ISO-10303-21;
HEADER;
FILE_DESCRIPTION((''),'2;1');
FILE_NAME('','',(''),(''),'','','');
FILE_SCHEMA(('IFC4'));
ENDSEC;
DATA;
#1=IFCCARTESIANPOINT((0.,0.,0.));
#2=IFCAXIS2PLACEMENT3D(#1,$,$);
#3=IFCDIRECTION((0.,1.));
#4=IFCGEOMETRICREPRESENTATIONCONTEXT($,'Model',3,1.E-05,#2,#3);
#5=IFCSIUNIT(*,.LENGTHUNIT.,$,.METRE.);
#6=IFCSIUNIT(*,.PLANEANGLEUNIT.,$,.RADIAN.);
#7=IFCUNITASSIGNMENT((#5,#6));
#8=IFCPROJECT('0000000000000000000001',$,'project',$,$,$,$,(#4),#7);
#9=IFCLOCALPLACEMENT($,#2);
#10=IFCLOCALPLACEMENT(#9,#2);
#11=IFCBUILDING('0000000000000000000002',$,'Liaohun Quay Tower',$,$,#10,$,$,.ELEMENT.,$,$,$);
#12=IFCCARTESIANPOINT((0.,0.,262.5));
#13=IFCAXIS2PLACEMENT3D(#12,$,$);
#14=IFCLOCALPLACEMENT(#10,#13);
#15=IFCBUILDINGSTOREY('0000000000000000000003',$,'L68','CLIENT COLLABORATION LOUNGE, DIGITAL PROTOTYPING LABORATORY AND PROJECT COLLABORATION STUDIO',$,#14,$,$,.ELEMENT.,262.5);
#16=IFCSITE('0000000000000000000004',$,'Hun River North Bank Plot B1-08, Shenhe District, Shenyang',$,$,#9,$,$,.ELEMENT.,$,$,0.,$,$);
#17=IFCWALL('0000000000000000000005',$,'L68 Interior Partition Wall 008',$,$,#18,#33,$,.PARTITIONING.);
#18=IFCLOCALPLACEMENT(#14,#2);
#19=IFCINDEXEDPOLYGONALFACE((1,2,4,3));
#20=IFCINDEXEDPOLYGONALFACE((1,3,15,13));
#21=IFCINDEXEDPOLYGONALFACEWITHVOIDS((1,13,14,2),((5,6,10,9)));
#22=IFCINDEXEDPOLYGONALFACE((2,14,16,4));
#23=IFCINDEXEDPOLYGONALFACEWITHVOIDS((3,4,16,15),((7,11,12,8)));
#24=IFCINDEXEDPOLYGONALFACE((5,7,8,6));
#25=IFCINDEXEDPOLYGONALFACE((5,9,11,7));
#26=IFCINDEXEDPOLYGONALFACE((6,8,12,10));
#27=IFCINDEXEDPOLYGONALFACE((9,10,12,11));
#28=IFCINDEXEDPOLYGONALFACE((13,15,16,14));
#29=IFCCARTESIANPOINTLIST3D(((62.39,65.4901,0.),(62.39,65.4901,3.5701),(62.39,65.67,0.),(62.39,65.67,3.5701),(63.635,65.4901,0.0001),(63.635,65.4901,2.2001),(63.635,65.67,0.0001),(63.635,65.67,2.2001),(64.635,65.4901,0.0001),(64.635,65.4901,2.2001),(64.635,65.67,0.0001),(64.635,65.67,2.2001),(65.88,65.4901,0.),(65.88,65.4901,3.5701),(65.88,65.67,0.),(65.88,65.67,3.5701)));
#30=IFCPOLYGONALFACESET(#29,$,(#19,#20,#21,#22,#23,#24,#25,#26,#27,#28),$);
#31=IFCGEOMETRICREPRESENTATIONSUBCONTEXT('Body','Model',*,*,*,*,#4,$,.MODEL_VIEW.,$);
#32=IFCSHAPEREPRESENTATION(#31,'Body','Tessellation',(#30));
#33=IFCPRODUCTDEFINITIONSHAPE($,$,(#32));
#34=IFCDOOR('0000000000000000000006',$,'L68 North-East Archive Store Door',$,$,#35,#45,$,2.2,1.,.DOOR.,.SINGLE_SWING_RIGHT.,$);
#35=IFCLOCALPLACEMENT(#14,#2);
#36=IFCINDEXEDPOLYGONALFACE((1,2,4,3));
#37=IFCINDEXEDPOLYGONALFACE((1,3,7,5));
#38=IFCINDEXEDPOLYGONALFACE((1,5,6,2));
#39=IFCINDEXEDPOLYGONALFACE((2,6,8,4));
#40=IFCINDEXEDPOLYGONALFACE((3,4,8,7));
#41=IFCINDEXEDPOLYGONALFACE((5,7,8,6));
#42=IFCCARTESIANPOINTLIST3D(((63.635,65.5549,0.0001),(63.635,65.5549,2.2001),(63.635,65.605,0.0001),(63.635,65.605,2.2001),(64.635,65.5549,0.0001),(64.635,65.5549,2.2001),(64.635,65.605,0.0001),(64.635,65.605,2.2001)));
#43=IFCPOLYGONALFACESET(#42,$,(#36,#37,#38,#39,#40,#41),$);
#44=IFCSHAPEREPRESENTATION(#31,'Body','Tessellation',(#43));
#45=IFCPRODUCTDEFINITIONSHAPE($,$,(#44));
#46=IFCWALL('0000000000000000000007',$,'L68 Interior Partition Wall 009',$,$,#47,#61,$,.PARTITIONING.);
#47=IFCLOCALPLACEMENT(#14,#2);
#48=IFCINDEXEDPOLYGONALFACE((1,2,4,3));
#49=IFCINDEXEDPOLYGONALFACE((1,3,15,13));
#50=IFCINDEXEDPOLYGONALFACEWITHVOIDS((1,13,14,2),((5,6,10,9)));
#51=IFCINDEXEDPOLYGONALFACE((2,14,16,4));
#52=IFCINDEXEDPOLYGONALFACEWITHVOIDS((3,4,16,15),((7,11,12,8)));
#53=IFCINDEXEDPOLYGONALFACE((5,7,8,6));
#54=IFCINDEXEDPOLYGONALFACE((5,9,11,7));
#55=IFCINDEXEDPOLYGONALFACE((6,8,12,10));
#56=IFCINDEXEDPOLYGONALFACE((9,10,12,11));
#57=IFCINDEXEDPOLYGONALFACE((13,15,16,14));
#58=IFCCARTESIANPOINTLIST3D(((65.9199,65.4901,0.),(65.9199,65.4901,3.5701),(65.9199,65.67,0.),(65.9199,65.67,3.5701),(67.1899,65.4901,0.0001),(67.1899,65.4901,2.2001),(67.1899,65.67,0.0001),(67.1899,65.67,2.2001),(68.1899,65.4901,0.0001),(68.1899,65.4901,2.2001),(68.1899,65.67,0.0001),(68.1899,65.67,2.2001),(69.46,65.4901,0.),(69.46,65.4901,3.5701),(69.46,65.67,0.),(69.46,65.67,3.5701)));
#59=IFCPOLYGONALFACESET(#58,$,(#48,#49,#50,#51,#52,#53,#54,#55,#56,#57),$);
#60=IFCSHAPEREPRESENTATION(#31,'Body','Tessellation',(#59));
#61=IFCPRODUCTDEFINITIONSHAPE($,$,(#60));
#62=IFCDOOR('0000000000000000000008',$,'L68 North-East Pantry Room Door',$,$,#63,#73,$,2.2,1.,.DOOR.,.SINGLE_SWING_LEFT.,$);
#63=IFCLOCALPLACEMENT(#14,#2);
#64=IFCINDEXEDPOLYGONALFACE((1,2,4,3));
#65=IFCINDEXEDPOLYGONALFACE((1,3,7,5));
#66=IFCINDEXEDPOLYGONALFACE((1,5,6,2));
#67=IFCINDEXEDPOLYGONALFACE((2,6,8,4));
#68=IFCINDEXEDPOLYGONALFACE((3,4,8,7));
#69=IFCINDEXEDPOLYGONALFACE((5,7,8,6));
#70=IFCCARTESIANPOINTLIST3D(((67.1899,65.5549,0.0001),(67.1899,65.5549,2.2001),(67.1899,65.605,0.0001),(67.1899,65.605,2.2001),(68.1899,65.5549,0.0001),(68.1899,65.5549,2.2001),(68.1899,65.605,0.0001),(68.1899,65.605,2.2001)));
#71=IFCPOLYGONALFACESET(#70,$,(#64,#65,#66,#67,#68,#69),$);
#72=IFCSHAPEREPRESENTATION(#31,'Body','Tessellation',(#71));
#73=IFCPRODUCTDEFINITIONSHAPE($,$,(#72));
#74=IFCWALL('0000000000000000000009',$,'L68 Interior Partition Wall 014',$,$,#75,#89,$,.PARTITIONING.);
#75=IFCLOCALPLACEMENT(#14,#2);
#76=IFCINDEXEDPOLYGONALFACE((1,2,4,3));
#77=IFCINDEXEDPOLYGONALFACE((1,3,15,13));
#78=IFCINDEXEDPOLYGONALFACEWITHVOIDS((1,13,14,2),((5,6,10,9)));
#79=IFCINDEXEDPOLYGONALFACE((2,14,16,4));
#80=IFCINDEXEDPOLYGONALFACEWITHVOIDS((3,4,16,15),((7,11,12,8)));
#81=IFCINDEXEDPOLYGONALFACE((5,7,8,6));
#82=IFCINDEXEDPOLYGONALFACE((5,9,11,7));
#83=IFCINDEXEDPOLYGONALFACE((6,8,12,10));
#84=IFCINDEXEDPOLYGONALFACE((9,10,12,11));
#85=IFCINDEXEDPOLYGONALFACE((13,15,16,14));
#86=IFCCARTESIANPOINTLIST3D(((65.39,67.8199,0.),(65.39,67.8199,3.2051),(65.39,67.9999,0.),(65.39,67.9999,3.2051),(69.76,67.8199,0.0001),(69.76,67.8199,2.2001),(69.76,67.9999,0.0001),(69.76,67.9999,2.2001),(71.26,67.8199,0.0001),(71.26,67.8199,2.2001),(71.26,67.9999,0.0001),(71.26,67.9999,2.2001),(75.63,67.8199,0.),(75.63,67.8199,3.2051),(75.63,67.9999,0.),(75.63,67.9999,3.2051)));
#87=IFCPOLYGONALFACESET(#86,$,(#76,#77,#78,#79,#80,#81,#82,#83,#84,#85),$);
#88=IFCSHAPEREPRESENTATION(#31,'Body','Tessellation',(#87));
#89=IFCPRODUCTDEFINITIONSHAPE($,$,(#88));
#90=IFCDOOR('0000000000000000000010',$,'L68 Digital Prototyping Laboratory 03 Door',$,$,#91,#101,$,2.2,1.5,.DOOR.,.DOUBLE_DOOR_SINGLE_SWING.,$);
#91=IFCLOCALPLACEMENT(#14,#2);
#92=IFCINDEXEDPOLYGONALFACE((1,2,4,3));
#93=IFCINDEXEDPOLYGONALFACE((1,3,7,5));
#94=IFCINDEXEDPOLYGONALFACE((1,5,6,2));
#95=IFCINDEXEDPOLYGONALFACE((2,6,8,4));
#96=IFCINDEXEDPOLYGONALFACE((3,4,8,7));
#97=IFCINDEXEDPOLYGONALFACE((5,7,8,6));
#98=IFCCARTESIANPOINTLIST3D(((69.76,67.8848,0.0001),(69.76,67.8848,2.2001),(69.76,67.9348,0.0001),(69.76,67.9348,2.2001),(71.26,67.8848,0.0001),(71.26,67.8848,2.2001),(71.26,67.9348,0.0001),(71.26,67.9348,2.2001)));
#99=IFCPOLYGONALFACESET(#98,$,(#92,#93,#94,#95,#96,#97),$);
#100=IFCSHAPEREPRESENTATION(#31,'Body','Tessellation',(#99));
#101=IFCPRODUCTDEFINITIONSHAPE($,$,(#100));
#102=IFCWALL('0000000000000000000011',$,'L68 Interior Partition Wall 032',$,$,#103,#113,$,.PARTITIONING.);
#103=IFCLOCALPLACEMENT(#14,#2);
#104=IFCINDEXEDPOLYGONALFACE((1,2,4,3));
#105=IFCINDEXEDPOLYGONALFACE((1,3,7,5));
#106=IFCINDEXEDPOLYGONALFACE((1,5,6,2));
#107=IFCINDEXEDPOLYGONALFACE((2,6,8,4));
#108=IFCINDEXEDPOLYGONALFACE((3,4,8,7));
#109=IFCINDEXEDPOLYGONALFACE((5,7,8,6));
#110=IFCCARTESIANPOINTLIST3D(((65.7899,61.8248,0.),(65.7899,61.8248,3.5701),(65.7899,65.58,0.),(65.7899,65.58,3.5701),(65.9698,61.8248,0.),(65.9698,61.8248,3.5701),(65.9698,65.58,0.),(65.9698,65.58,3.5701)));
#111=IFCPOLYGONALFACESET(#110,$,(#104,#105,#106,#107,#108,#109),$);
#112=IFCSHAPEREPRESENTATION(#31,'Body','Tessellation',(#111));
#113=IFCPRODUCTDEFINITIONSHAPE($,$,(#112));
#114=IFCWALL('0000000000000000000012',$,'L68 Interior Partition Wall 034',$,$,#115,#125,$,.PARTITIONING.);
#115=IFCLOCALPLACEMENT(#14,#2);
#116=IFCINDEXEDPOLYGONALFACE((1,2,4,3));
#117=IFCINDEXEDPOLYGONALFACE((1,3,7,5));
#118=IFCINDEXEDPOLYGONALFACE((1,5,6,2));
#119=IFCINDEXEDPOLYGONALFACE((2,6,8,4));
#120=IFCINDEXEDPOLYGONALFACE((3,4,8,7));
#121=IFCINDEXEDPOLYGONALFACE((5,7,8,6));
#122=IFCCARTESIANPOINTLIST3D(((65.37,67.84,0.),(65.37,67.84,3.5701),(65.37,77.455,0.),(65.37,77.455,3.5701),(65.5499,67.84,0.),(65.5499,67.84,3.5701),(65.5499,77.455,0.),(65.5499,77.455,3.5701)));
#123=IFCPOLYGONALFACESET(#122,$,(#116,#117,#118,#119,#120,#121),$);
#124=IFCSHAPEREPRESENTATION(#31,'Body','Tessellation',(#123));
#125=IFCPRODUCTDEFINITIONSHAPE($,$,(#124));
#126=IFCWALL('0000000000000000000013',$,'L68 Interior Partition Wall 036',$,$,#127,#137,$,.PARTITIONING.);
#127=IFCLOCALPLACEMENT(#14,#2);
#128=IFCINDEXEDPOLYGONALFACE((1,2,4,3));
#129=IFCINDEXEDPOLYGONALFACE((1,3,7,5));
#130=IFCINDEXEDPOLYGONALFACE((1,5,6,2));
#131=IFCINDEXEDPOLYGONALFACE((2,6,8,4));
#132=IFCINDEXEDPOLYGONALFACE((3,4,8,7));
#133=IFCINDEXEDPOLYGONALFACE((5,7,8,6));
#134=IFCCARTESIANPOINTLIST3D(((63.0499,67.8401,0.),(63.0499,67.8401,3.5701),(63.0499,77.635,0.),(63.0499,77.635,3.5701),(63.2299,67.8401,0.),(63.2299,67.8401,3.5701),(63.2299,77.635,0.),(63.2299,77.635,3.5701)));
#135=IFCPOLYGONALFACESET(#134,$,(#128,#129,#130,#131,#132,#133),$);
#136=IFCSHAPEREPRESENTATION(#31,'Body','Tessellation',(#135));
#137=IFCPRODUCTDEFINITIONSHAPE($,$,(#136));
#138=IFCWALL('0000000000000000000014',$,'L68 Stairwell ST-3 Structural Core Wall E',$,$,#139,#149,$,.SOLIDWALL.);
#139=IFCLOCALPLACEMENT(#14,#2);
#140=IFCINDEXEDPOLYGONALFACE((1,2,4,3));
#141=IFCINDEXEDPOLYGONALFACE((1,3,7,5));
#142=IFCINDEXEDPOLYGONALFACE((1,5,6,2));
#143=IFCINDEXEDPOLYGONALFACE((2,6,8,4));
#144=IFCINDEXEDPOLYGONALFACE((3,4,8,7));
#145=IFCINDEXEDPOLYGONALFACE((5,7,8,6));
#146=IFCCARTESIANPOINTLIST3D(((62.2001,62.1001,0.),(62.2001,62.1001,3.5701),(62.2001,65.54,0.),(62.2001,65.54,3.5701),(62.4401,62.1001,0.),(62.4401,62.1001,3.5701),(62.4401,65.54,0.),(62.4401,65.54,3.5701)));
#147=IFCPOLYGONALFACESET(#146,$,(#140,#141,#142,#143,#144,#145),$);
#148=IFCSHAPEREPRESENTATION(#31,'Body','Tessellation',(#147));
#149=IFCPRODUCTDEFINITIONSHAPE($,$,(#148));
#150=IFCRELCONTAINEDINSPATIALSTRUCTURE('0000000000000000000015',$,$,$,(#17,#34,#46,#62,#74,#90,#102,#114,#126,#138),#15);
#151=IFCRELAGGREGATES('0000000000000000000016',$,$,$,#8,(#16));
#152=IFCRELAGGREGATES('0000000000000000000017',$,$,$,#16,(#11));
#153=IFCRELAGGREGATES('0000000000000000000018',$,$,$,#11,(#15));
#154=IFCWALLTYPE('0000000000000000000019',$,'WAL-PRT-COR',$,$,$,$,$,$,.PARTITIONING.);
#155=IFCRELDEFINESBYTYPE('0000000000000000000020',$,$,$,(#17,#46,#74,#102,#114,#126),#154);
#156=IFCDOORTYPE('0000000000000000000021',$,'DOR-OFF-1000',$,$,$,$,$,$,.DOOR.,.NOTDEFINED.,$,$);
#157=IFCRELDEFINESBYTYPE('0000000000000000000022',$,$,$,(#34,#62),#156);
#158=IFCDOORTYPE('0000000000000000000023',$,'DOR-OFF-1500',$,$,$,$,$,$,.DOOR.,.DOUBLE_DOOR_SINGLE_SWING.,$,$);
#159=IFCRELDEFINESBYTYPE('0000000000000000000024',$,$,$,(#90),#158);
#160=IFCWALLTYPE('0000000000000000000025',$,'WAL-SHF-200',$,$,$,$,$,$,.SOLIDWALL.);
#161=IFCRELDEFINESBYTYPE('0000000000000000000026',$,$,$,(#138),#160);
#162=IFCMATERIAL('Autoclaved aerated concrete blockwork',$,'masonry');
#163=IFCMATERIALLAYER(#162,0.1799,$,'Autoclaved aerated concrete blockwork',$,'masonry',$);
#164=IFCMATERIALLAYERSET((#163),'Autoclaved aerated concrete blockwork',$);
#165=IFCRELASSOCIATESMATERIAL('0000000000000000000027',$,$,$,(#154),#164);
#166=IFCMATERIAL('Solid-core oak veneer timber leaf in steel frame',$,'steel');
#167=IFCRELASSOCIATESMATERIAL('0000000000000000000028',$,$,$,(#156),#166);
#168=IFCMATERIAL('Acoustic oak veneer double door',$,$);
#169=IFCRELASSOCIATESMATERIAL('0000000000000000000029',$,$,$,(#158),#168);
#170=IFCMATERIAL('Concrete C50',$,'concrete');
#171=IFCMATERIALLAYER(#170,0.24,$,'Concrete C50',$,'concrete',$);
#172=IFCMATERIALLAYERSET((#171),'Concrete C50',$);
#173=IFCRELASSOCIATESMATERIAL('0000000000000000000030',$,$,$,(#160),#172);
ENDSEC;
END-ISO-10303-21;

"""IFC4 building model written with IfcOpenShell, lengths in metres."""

from ifc_helpers import new_model, si_unit, direction, frame, frame_2d, origin, place, context, subcontext, project, spatial, rectangle, extrude, source, transform, mapped, material, layer, layer_set, type_object, element, fill, save


model = new_model("IFC4")

# Units and contexts
model_context = context("Model", 3, precision=1e-05, world=origin(), true_north=direction((0.0, 1.0)))
body_context = subcontext(model_context, "Body", "Model", "MODEL_VIEW")
ifc_project = project(units=[si_unit("LENGTHUNIT", "METRE"), si_unit("PLANEANGLEUNIT", "RADIAN")], contexts=[model_context])

# Site, building, storey
site_placement = place(None, origin())
site = spatial("IfcSite", under=ifc_project, at=site_placement, Name="Hun River North Bank Plot B1-08, Shenhe District, Shenyang", CompositionType="ELEMENT", RefElevation=0.0)
building_placement = place(site_placement, origin())
building = spatial("IfcBuilding", under=site, at=building_placement, Name="Liaohun Quay Tower", CompositionType="ELEMENT")
storey_placement = place(building_placement, frame((0.0, 0.0, 262.5)))
storey = spatial("IfcBuildingStorey", under=building, at=storey_placement, Name="L68", Description="CLIENT COLLABORATION LOUNGE, DIGITAL PROTOTYPING LABORATORY AND PROJECT COLLABORATION STUDIO", CompositionType="ELEMENT", Elevation=262.5)

# Walls, openings, doors
ifc_material_1 = material(Name="Autoclaved aerated concrete blockwork", Category="masonry")
ifc_layer_1 = layer(ifc_material_1, 0.1799, Name="Autoclaved aerated concrete blockwork", Category="masonry")
ifc_layer_set_1 = layer_set([ifc_layer_1], Name="Autoclaved aerated concrete blockwork")
wall_type_1 = type_object("IfcWallType", Name="WAL-PRT-COR", PredefinedType="PARTITIONING", material=ifc_layer_set_1)
wall_1_placement = place(storey_placement, frame((62.3899, 65.5801, 0.0), z_axis=(0.0, 0.0, 1.0), x_axis=(1.0, 0.0, 0.0)))
wall_1 = element("IfcWall", 1, at=wall_1_placement, inside=storey, type_object=wall_type_1, Name="L68 Interior Partition Wall 008", PredefinedType="PARTITIONING", context=body_context, shape_type="SweptSolid", body=[
    extrude(rectangle(XDim=3.49, YDim=0.1799, at=frame_2d((1.7451, 0.0))), origin(), (0.0, 0.0, 1.0), 3.5701),
])
shared_shape_1 = source(origin(), body_context, "Body", "SweptSolid", [
    extrude(rectangle(XDim=1.0, YDim=2.2, at=frame_2d((0.5, 1.1001))), frame((0.0, 0.0999, 0.0), z_axis=(0.0, -1.0, 0.0), x_axis=(1.0, 0.0, 0.0)), (0.0, 0.0, 1.0), 0.2),
])
opening_1_placement = place(wall_1_placement, frame((1.2451, 0.0, 0.0)))
opening_1 = element("IfcOpeningElement", 2, at=opening_1_placement, cuts=wall_1, PredefinedType="OPENING", context=body_context, shape_type="MappedRepresentation", body=[
    mapped(shared_shape_1, transform((0.0, 0.0, 0.0), x_axis=(1.0, 0.0, 0.0), y_axis=(0.0, 1.0, 0.0), z_axis=(0.0, 0.0, 1.0), scale=1.0)),
])
ifc_material_2 = material(Name="Solid-core oak veneer timber leaf in steel frame", Category="steel")
door_type_1 = type_object("IfcDoorType", Name="DOR-OFF-1000", OperationType="NOTDEFINED", PredefinedType="DOOR", material=ifc_material_2)
shared_shape_2 = source(origin(), body_context, "Body", "SweptSolid", [
    extrude(rectangle(XDim=1.0, YDim=2.2, at=frame_2d((0.5, 1.1001))), frame((0.0, 0.0249, 0.0), z_axis=(0.0, -1.0, 0.0), x_axis=(1.0, 0.0, 0.0)), (0.0, 0.0, 1.0), 0.05),
])
door_1_placement = place(opening_1_placement, origin())
door_1 = element("IfcDoor", 3, at=door_1_placement, inside=storey, type_object=door_type_1, Name="L68 North-East Archive Store Door", OperationType="SINGLE_SWING_RIGHT", OverallHeight=2.2, OverallWidth=1.0, PredefinedType="DOOR", context=body_context, shape_type="MappedRepresentation", body=[
    mapped(shared_shape_2, transform((0.0, 0.0, 0.0), x_axis=(1.0, 0.0, 0.0), y_axis=(0.0, 1.0, 0.0), z_axis=(0.0, 0.0, 1.0), scale=1.0)),
])
fill(opening_1, door_1)
wall_2_placement = place(storey_placement, frame((65.9199, 65.5801, 0.0), z_axis=(0.0, 0.0, 1.0), x_axis=(1.0, 0.0, 0.0)))
wall_2 = element("IfcWall", 4, at=wall_2_placement, inside=storey, type_object=wall_type_1, Name="L68 Interior Partition Wall 009", PredefinedType="PARTITIONING", context=body_context, shape_type="SweptSolid", body=[
    extrude(rectangle(XDim=3.54, YDim=0.1799, at=frame_2d((1.77, 0.0))), origin(), (0.0, 0.0, 1.0), 3.5701),
])
opening_2_placement = place(wall_2_placement, frame((1.27, 0.0, 0.0)))
opening_2 = element("IfcOpeningElement", 5, at=opening_2_placement, cuts=wall_2, PredefinedType="OPENING", context=body_context, shape_type="MappedRepresentation", body=[
    mapped(shared_shape_1, transform((0.0, 0.0, 0.0), x_axis=(1.0, 0.0, 0.0), y_axis=(0.0, 1.0, 0.0), z_axis=(0.0, 0.0, 1.0), scale=1.0)),
])
door_2_placement = place(opening_2_placement, origin())
door_2 = element("IfcDoor", 6, at=door_2_placement, inside=storey, type_object=door_type_1, Name="L68 North-East Pantry Room Door", OperationType="SINGLE_SWING_LEFT", OverallHeight=2.2, OverallWidth=1.0, PredefinedType="DOOR", context=body_context, shape_type="MappedRepresentation", body=[
    mapped(shared_shape_2, transform((0.0, 0.0, 0.0), x_axis=(1.0, 0.0, 0.0), y_axis=(0.0, 1.0, 0.0), z_axis=(0.0, 0.0, 1.0), scale=1.0)),
])
fill(opening_2, door_2)
wall_3_placement = place(storey_placement, frame((65.3899, 67.9099, 0.0), z_axis=(0.0, 0.0, 1.0), x_axis=(1.0, 0.0, 0.0)))
wall_3 = element("IfcWall", 7, at=wall_3_placement, inside=storey, type_object=wall_type_1, Name="L68 Interior Partition Wall 014", PredefinedType="PARTITIONING", context=body_context, shape_type="SweptSolid", body=[
    extrude(rectangle(XDim=10.24, YDim=0.1799, at=frame_2d((5.1201, 0.0))), origin(), (0.0, 0.0, 1.0), 3.2051),
])
shared_shape_3 = source(origin(), body_context, "Body", "SweptSolid", [
    extrude(rectangle(XDim=1.5, YDim=2.2, at=frame_2d((0.75, 1.1001))), frame((0.0, 0.0999, 0.0), z_axis=(0.0, -1.0, 0.0), x_axis=(1.0, 0.0, 0.0)), (0.0, 0.0, 1.0), 0.2),
])
opening_3_placement = place(wall_3_placement, frame((4.3701, 0.0, 0.0)))
opening_3 = element("IfcOpeningElement", 8, at=opening_3_placement, cuts=wall_3, PredefinedType="OPENING", context=body_context, shape_type="MappedRepresentation", body=[
    mapped(shared_shape_3, transform((0.0, 0.0, 0.0), x_axis=(1.0, 0.0, 0.0), y_axis=(0.0, 1.0, 0.0), z_axis=(0.0, 0.0, 1.0), scale=1.0)),
])
ifc_material_3 = material(Name="Acoustic oak veneer double door")
door_type_2 = type_object("IfcDoorType", Name="DOR-OFF-1500", OperationType="DOUBLE_DOOR_SINGLE_SWING", PredefinedType="DOOR", material=ifc_material_3)
shared_shape_4 = source(origin(), body_context, "Body", "SweptSolid", [
    extrude(rectangle(XDim=1.5, YDim=2.2, at=frame_2d((0.75, 1.1001))), frame((0.0, 0.0249, 0.0), z_axis=(0.0, -1.0, 0.0), x_axis=(1.0, 0.0, 0.0)), (0.0, 0.0, 1.0), 0.05),
])
door_3_placement = place(opening_3_placement, origin())
door_3 = element("IfcDoor", 9, at=door_3_placement, inside=storey, type_object=door_type_2, Name="L68 Digital Prototyping Laboratory 03 Door", OperationType="DOUBLE_DOOR_SINGLE_SWING", OverallHeight=2.2, OverallWidth=1.5, PredefinedType="DOOR", context=body_context, shape_type="MappedRepresentation", body=[
    mapped(shared_shape_4, transform((0.0, 0.0, 0.0), x_axis=(1.0, 0.0, 0.0), y_axis=(0.0, 1.0, 0.0), z_axis=(0.0, 0.0, 1.0), scale=1.0)),
])
fill(opening_3, door_3)

# Walls
wall_4_placement = place(storey_placement, frame((65.8799, 61.825, 0.0), z_axis=(0.0, 0.0, 1.0), x_axis=(0.0, 1.0, 0.0)))
element("IfcWall", 10, at=wall_4_placement, inside=storey, type_object=wall_type_1, Name="L68 Interior Partition Wall 032", PredefinedType="PARTITIONING", context=body_context, shape_type="SweptSolid", body=[
    extrude(rectangle(XDim=3.7551, YDim=0.1799, at=frame_2d((1.8774, 0.0))), origin(), (0.0, 0.0, 1.0), 3.5701),
])
wall_5_placement = place(storey_placement, frame((65.46, 77.4551, 0.0), z_axis=(0.0, 0.0, 1.0), x_axis=(0.0, -1.0, 0.0)))
element("IfcWall", 11, at=wall_5_placement, inside=storey, type_object=wall_type_1, Name="L68 Interior Partition Wall 034", PredefinedType="PARTITIONING", context=body_context, shape_type="SweptSolid", body=[
    extrude(rectangle(XDim=9.615, YDim=0.1799, at=frame_2d((4.8076, 0.0))), origin(), (0.0, 0.0, 1.0), 3.5701),
])
wall_6_placement = place(storey_placement, frame((63.1399, 67.8401, 0.0), z_axis=(0.0, 0.0, 1.0), x_axis=(0.0, 1.0, 0.0)))
element("IfcWall", 12, at=wall_6_placement, inside=storey, type_object=wall_type_1, Name="L68 Interior Partition Wall 036", PredefinedType="PARTITIONING", context=body_context, shape_type="SweptSolid", body=[
    extrude(rectangle(XDim=9.7949, YDim=0.1799, at=frame_2d((4.8975, 0.0))), origin(), (0.0, 0.0, 1.0), 3.5701),
])
ifc_material_4 = material(Name="Concrete C50", Category="concrete")
ifc_layer_2 = layer(ifc_material_4, 0.24, Name="Concrete C50", Category="concrete")
ifc_layer_set_2 = layer_set([ifc_layer_2], Name="Concrete C50")
wall_type_2 = type_object("IfcWallType", Name="WAL-SHF-200", PredefinedType="SOLIDWALL", material=ifc_layer_set_2)
wall_7_placement = place(storey_placement, frame((62.3201, 62.1001, 0.0), z_axis=(0.0, 0.0, 1.0), x_axis=(0.0, 1.0, 0.0)))
element("IfcWall", 13, at=wall_7_placement, inside=storey, type_object=wall_type_2, Name="L68 Stairwell ST-3 Structural Core Wall E", PredefinedType="SOLIDWALL", context=body_context, shape_type="SweptSolid", body=[
    extrude(rectangle(XDim=3.4399, YDim=0.24, at=frame_2d((1.72, 0.0))), origin(), (0.0, 0.0, 1.0), 3.5701),
])

save(model, "model.ifc")
